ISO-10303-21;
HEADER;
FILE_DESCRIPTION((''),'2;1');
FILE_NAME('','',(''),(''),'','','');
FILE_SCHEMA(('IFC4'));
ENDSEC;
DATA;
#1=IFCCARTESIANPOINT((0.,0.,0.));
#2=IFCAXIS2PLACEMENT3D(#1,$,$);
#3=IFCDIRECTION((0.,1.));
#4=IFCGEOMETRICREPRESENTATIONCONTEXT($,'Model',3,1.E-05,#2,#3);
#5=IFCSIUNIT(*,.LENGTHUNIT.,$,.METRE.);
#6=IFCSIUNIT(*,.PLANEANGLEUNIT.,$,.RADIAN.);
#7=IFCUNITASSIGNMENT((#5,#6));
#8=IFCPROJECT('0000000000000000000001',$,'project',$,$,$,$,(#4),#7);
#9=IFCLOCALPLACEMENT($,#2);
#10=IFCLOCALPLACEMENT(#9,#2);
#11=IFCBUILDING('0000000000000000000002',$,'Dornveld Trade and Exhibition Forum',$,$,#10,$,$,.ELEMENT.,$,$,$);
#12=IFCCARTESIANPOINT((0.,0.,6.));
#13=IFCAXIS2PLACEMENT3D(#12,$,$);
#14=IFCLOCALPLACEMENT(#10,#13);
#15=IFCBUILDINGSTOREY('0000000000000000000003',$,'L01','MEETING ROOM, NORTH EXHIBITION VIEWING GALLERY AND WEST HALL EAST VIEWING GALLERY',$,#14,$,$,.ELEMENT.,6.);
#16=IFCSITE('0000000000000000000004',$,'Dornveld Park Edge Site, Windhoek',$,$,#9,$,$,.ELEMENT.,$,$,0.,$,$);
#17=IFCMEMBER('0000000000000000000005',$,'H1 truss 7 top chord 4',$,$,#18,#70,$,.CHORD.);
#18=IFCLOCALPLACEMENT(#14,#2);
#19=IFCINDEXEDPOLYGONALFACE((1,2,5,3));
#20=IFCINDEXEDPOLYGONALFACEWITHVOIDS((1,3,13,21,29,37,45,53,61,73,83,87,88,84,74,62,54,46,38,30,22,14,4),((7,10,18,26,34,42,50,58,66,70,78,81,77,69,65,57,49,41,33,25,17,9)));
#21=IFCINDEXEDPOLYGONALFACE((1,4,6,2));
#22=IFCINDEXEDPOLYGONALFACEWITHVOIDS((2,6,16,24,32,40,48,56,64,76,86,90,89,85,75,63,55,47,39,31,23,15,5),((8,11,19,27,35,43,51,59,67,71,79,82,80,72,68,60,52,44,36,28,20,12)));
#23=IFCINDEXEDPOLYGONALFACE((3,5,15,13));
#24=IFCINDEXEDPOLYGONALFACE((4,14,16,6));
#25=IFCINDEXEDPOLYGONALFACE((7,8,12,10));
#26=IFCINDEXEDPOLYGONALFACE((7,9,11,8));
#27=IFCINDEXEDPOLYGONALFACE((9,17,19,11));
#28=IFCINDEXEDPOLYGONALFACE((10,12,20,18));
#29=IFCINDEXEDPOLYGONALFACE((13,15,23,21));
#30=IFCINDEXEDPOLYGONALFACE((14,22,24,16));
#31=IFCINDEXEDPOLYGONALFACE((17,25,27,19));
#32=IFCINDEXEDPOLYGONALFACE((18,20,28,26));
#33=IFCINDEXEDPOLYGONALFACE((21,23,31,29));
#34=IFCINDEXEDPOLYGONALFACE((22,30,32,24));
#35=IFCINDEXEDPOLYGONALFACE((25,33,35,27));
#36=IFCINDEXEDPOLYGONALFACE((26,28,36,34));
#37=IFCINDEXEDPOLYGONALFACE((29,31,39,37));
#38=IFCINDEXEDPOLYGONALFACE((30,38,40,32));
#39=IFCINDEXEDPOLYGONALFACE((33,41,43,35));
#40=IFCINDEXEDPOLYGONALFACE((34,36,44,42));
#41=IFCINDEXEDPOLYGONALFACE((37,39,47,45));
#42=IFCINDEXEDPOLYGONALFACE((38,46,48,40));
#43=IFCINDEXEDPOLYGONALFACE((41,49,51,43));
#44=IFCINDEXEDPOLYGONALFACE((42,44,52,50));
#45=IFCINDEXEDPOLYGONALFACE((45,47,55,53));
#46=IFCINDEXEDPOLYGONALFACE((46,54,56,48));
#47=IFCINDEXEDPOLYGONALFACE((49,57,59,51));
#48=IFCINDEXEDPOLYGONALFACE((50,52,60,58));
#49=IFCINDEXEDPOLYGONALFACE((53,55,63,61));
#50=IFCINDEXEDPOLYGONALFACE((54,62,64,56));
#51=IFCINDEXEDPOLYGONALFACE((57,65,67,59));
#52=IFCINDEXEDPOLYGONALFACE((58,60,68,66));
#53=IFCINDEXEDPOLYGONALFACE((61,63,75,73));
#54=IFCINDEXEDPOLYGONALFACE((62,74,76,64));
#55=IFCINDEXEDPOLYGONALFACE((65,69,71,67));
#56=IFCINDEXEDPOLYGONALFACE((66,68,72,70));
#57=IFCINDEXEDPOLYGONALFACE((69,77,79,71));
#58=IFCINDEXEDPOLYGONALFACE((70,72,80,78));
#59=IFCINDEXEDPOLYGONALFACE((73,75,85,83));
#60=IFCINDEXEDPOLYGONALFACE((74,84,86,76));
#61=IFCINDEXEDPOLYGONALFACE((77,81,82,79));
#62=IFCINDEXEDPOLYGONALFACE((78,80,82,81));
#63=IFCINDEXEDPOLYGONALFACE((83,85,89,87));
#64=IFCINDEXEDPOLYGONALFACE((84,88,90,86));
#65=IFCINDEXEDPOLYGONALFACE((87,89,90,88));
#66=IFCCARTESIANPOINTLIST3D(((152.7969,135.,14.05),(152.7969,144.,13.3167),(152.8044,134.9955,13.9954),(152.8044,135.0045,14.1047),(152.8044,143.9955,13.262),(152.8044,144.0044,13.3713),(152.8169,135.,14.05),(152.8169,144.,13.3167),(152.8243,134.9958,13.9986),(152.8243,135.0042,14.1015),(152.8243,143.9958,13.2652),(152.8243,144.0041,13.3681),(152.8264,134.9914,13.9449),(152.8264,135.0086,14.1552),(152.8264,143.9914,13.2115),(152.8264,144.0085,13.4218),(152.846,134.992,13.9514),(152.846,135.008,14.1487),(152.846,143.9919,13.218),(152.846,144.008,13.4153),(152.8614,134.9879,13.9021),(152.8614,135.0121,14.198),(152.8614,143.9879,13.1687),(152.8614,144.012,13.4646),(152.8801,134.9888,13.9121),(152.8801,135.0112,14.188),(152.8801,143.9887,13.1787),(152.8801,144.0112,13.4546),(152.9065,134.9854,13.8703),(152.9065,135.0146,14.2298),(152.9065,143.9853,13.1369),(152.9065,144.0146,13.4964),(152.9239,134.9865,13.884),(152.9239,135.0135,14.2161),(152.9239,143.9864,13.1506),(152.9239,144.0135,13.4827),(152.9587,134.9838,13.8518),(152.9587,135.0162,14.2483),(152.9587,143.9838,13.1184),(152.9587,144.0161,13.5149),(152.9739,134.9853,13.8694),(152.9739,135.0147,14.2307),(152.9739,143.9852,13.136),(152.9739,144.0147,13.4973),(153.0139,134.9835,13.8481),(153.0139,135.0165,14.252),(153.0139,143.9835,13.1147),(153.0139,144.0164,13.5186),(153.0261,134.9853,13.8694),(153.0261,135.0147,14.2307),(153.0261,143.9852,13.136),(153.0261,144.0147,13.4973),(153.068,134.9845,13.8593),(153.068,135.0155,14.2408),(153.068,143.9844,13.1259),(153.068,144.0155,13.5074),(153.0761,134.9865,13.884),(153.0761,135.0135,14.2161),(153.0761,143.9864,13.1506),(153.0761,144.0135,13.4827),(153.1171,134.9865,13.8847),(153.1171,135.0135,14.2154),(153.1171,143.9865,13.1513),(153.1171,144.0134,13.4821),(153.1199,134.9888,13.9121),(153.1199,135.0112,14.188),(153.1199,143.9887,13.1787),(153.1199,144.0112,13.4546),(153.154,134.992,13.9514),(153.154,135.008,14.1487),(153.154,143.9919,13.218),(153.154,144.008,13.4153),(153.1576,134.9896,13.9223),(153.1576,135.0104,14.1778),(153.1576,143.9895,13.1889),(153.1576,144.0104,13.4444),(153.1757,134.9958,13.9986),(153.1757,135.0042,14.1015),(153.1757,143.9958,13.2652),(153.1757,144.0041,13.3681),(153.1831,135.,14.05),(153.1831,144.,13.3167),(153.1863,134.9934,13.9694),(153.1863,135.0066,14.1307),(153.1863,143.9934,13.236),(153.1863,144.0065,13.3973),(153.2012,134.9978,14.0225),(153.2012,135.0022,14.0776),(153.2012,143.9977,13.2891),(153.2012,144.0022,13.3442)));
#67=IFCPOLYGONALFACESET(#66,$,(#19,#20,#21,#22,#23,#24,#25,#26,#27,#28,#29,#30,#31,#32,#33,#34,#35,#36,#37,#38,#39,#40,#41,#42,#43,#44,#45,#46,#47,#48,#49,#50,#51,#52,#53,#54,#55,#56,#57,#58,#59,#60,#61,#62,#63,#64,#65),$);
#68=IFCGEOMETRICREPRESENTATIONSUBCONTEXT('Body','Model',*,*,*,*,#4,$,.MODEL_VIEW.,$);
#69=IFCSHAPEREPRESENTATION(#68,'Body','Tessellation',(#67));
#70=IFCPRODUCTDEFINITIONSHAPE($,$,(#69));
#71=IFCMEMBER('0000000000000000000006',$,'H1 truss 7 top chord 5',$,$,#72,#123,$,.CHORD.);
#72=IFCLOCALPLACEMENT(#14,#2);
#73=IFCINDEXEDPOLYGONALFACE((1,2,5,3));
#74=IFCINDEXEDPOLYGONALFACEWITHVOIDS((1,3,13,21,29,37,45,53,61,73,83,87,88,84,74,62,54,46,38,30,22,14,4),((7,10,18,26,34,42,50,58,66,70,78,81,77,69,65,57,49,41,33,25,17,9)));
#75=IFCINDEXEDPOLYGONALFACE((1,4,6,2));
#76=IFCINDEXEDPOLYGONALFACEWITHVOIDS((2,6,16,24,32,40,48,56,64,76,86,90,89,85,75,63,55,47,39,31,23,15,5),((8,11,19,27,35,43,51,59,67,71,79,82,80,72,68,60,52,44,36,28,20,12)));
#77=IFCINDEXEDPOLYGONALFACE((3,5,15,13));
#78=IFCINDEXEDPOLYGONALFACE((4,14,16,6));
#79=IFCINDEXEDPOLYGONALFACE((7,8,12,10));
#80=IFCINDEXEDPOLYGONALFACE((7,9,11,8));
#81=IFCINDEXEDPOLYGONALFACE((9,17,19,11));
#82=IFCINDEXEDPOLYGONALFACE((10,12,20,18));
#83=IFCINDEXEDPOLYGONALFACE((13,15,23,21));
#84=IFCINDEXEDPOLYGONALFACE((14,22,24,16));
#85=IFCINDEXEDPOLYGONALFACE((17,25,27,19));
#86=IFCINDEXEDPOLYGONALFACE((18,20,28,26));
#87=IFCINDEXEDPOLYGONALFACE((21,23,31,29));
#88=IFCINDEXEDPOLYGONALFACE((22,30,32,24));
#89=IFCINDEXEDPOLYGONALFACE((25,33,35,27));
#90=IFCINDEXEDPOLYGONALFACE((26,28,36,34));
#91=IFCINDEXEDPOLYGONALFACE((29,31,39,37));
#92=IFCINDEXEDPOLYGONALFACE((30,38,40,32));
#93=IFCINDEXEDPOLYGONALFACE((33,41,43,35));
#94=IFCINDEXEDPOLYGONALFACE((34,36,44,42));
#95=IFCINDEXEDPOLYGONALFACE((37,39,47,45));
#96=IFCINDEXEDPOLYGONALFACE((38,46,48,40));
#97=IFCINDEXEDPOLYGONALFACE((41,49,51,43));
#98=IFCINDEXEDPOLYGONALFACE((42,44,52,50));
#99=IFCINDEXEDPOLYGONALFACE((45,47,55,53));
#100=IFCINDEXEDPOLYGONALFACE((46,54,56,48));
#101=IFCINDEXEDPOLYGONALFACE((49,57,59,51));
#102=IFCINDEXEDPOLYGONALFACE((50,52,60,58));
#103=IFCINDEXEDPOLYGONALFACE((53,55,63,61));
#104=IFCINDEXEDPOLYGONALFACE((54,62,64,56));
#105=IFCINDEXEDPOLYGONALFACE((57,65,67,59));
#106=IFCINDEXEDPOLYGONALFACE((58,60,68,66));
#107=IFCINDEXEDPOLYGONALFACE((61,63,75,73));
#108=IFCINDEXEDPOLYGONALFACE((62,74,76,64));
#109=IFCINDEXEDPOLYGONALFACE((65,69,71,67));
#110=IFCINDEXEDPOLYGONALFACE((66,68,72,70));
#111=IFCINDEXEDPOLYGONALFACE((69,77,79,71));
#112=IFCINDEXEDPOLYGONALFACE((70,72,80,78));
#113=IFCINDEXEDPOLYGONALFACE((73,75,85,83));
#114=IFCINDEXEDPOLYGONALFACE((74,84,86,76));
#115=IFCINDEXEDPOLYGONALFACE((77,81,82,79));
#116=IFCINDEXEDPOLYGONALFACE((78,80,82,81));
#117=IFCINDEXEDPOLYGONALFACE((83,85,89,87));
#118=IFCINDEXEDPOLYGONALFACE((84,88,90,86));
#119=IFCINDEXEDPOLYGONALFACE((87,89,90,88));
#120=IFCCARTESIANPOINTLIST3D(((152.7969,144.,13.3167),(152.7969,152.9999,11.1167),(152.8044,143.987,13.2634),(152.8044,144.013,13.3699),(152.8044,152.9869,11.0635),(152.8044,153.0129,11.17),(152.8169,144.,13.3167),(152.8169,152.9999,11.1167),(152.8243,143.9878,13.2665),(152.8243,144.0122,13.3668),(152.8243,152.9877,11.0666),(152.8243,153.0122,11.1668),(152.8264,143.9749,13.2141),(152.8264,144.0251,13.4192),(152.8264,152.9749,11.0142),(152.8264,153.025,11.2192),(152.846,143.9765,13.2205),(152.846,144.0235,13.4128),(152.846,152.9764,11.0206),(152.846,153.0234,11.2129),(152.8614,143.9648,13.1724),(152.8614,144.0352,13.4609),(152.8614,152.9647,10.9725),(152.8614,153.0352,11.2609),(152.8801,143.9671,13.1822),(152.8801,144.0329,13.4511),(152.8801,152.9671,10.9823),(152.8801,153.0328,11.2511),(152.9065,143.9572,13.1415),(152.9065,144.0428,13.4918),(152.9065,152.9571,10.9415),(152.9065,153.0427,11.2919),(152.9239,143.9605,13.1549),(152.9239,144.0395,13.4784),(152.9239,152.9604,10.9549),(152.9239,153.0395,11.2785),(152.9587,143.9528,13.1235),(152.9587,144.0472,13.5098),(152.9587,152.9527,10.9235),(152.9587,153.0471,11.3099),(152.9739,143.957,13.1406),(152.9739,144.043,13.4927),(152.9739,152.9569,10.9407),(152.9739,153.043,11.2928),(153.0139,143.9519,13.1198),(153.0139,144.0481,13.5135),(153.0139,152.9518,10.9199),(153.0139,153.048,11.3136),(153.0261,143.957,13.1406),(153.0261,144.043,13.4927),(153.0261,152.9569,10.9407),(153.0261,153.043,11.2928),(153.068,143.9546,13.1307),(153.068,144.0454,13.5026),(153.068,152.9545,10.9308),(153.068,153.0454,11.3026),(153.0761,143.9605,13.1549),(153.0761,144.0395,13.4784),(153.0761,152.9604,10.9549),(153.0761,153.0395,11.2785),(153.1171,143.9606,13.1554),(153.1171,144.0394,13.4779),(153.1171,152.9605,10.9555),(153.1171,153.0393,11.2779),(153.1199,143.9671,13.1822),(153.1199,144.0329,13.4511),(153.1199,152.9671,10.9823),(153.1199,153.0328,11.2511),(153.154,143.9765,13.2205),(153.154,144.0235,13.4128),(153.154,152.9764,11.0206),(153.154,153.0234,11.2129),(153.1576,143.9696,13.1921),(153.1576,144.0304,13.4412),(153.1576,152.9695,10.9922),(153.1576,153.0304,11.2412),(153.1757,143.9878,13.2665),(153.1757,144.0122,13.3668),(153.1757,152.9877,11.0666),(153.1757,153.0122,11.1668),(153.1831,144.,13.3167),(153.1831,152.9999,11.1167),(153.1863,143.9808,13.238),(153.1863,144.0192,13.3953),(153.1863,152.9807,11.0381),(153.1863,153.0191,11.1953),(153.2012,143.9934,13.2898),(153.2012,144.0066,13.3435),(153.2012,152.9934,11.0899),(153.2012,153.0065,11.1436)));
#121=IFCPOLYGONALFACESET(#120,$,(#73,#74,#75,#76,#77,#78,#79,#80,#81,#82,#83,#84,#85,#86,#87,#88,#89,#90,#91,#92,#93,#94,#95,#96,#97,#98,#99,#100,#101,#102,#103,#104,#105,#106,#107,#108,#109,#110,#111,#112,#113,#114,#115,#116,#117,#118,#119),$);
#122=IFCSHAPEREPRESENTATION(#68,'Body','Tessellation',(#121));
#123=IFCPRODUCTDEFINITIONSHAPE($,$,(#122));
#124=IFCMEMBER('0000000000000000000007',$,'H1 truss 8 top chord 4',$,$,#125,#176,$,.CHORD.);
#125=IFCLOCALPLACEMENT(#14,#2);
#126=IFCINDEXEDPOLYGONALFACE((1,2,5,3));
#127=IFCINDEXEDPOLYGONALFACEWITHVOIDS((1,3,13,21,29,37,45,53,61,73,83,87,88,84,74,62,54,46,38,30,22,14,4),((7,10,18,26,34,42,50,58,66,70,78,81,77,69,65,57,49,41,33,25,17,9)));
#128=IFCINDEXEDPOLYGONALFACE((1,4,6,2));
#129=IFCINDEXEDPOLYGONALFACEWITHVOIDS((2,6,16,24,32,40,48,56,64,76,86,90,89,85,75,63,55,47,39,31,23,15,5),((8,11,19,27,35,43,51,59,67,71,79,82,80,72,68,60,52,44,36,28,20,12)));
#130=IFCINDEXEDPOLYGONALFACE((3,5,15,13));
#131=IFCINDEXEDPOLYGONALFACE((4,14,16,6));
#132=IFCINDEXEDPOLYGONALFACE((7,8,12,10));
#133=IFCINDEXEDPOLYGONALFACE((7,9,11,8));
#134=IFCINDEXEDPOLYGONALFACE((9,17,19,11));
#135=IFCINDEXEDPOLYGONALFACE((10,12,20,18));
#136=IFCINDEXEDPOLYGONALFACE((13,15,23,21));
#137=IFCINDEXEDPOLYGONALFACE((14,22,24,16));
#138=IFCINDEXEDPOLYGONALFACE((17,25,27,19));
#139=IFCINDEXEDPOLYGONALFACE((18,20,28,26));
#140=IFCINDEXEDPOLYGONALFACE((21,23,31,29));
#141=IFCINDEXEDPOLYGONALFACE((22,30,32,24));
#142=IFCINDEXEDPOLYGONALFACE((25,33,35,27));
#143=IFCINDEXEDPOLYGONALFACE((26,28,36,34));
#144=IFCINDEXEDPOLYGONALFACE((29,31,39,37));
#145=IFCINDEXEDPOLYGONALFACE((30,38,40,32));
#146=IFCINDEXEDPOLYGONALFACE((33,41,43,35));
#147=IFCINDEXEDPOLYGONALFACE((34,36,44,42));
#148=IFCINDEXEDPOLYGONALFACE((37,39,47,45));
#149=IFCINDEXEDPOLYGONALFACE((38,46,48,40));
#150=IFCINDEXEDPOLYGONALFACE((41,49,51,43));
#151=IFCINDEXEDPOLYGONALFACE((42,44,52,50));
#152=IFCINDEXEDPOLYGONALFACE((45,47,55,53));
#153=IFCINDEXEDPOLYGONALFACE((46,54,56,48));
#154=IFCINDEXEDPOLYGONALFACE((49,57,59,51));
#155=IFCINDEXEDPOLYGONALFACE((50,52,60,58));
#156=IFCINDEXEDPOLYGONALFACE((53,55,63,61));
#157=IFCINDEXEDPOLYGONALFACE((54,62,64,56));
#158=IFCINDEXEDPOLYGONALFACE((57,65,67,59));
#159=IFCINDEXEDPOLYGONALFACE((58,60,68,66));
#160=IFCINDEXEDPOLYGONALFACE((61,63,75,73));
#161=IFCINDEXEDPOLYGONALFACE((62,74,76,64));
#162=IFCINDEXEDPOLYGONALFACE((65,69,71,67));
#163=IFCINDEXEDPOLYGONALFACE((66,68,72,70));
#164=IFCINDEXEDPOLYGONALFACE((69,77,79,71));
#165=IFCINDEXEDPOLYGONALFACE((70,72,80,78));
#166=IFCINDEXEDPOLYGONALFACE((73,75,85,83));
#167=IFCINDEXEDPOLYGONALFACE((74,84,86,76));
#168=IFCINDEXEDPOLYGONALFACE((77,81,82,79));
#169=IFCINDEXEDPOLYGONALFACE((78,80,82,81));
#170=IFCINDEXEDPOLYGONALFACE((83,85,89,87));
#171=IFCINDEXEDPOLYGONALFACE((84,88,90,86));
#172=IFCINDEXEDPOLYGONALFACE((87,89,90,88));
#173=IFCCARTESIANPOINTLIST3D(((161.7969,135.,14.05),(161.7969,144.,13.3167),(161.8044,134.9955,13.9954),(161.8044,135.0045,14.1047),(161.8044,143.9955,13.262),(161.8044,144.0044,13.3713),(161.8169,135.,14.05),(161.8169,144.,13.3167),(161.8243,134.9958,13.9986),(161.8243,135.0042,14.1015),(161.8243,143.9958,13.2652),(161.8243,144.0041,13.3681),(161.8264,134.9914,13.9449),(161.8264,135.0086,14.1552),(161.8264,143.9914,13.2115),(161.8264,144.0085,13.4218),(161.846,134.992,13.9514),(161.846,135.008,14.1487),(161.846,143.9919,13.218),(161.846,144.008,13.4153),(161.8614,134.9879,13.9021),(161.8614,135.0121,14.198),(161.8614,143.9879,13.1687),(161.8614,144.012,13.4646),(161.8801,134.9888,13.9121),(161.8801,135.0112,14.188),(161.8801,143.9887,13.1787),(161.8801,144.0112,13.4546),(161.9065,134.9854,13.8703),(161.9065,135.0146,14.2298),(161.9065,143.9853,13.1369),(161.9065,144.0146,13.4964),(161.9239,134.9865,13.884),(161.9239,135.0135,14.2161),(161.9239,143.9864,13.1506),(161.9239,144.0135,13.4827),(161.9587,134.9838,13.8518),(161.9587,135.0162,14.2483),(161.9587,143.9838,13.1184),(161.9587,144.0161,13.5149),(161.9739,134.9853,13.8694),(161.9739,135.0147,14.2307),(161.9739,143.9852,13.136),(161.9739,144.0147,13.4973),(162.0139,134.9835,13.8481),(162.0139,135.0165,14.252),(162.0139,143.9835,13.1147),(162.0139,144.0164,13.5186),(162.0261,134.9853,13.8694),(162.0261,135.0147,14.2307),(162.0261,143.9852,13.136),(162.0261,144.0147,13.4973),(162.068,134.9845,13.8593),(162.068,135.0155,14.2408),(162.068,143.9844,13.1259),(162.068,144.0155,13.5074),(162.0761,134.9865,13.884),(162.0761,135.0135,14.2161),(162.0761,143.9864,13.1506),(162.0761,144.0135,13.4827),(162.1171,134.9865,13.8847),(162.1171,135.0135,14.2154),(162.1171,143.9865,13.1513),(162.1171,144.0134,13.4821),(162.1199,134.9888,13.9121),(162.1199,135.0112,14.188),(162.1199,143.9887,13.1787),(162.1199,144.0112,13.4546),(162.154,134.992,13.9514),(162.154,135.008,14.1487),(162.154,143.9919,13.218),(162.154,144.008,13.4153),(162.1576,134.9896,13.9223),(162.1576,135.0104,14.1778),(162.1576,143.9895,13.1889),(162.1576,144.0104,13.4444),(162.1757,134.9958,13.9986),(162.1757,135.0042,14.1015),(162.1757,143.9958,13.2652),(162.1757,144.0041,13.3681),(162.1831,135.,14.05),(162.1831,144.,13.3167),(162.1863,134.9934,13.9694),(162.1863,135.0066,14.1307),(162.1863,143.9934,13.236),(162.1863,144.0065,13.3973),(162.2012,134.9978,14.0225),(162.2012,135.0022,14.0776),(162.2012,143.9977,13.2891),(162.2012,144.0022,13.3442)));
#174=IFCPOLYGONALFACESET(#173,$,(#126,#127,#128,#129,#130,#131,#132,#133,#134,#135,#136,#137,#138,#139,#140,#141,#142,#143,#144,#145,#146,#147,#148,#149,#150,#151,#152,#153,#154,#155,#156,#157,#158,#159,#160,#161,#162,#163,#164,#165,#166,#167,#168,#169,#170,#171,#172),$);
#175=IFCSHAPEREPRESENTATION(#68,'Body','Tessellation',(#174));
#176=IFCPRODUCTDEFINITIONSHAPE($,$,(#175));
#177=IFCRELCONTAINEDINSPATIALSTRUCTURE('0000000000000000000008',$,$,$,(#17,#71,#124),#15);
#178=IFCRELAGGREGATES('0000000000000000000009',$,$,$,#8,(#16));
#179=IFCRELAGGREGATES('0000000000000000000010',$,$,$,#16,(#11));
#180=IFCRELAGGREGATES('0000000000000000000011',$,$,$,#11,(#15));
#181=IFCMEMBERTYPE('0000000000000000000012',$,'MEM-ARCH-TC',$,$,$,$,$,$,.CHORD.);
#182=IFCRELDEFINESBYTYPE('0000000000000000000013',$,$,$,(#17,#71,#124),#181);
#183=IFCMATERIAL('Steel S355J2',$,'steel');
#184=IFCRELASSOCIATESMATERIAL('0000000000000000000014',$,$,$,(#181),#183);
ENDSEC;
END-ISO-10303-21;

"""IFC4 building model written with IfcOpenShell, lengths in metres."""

from ifc_helpers import new_model, si_unit, direction, frame, origin, origin_2d, place, context, subcontext, project, spatial, hollow_circle, extrude, material, material_profile, profile_set, type_object, element, save


model = new_model("IFC4")

# Units and contexts
model_context = context("Model", 3, precision=1e-05, world=origin(), true_north=direction((0.0, 1.0)))
body_context = subcontext(model_context, "Body", "Model", "MODEL_VIEW")
ifc_project = project(units=[si_unit("LENGTHUNIT", "METRE"), si_unit("PLANEANGLEUNIT", "RADIAN")], contexts=[model_context])

# Site, building, storey
site_placement = place(None, origin())
site = spatial("IfcSite", under=ifc_project, at=site_placement, Name="Dornveld Park Edge Site, Windhoek", CompositionType="ELEMENT", RefElevation=0.0)
building_placement = place(site_placement, origin())
building = spatial("IfcBuilding", under=site, at=building_placement, Name="Dornveld Trade and Exhibition Forum", CompositionType="ELEMENT")
storey_placement = place(building_placement, frame((0.0, 0.0, 6.0)))
storey = spatial("IfcBuildingStorey", under=building, at=storey_placement, Name="L01", Description="MEETING ROOM, NORTH EXHIBITION VIEWING GALLERY AND WEST HALL EAST VIEWING GALLERY", CompositionType="ELEMENT", Elevation=6.0)

# Members
ifc_material_1 = material(Name="Steel S355J2", Category="steel")
ifc_material_profile_1 = material_profile(ifc_material_1, hollow_circle(Radius=0.2031, WallThickness=0.02, at=origin_2d()), Name="CHS 406.4x20")
ifc_profile_set_1 = profile_set([ifc_material_profile_1], Name="Steel S355J2")
member_type_1 = type_object("IfcMemberType", Name="MEM-ARCH-TC", PredefinedType="CHORD", material=ifc_profile_set_1)
member_1_placement = place(storey_placement, frame((153.0, 135.0, 14.05), z_axis=(0.0, 0.996696, -0.081219), x_axis=(-1.0, 0.0, 0.0)))
element("IfcMember", 1, at=member_1_placement, inside=storey, type_object=member_type_1, Name="H1 truss 7 top chord 4", PredefinedType="CHORD", context=body_context, shape_type="SweptSolid", body=[
    extrude(hollow_circle(Radius=0.2031, WallThickness=0.02, at=origin_2d()), origin(), (0.0, 0.0, 1.0), 9.0298),
])
member_2_placement = place(storey_placement, frame((153.0, 144.0, 13.3167), z_axis=(0.0, 0.9714, -0.237448), x_axis=(-1.0, 0.0, 0.0)))
element("IfcMember", 2, at=member_2_placement, inside=storey, type_object=member_type_1, Name="H1 truss 7 top chord 5", PredefinedType="CHORD", context=body_context, shape_type="SweptSolid", body=[
    extrude(hollow_circle(Radius=0.2031, WallThickness=0.02, at=origin_2d()), origin(), (0.0, 0.0, 1.0), 9.2649),
])
member_3_placement = place(storey_placement, frame((162.0, 135.0, 14.05), z_axis=(0.0, 0.996696, -0.081219), x_axis=(-1.0, 0.0, 0.0)))
element("IfcMember", 3, at=member_3_placement, inside=storey, type_object=member_type_1, Name="H1 truss 8 top chord 4", PredefinedType="CHORD", context=body_context, shape_type="SweptSolid", body=[
    extrude(hollow_circle(Radius=0.2031, WallThickness=0.02, at=origin_2d()), origin(), (0.0, 0.0, 1.0), 9.0298),
])

save(model, "model.ifc")
